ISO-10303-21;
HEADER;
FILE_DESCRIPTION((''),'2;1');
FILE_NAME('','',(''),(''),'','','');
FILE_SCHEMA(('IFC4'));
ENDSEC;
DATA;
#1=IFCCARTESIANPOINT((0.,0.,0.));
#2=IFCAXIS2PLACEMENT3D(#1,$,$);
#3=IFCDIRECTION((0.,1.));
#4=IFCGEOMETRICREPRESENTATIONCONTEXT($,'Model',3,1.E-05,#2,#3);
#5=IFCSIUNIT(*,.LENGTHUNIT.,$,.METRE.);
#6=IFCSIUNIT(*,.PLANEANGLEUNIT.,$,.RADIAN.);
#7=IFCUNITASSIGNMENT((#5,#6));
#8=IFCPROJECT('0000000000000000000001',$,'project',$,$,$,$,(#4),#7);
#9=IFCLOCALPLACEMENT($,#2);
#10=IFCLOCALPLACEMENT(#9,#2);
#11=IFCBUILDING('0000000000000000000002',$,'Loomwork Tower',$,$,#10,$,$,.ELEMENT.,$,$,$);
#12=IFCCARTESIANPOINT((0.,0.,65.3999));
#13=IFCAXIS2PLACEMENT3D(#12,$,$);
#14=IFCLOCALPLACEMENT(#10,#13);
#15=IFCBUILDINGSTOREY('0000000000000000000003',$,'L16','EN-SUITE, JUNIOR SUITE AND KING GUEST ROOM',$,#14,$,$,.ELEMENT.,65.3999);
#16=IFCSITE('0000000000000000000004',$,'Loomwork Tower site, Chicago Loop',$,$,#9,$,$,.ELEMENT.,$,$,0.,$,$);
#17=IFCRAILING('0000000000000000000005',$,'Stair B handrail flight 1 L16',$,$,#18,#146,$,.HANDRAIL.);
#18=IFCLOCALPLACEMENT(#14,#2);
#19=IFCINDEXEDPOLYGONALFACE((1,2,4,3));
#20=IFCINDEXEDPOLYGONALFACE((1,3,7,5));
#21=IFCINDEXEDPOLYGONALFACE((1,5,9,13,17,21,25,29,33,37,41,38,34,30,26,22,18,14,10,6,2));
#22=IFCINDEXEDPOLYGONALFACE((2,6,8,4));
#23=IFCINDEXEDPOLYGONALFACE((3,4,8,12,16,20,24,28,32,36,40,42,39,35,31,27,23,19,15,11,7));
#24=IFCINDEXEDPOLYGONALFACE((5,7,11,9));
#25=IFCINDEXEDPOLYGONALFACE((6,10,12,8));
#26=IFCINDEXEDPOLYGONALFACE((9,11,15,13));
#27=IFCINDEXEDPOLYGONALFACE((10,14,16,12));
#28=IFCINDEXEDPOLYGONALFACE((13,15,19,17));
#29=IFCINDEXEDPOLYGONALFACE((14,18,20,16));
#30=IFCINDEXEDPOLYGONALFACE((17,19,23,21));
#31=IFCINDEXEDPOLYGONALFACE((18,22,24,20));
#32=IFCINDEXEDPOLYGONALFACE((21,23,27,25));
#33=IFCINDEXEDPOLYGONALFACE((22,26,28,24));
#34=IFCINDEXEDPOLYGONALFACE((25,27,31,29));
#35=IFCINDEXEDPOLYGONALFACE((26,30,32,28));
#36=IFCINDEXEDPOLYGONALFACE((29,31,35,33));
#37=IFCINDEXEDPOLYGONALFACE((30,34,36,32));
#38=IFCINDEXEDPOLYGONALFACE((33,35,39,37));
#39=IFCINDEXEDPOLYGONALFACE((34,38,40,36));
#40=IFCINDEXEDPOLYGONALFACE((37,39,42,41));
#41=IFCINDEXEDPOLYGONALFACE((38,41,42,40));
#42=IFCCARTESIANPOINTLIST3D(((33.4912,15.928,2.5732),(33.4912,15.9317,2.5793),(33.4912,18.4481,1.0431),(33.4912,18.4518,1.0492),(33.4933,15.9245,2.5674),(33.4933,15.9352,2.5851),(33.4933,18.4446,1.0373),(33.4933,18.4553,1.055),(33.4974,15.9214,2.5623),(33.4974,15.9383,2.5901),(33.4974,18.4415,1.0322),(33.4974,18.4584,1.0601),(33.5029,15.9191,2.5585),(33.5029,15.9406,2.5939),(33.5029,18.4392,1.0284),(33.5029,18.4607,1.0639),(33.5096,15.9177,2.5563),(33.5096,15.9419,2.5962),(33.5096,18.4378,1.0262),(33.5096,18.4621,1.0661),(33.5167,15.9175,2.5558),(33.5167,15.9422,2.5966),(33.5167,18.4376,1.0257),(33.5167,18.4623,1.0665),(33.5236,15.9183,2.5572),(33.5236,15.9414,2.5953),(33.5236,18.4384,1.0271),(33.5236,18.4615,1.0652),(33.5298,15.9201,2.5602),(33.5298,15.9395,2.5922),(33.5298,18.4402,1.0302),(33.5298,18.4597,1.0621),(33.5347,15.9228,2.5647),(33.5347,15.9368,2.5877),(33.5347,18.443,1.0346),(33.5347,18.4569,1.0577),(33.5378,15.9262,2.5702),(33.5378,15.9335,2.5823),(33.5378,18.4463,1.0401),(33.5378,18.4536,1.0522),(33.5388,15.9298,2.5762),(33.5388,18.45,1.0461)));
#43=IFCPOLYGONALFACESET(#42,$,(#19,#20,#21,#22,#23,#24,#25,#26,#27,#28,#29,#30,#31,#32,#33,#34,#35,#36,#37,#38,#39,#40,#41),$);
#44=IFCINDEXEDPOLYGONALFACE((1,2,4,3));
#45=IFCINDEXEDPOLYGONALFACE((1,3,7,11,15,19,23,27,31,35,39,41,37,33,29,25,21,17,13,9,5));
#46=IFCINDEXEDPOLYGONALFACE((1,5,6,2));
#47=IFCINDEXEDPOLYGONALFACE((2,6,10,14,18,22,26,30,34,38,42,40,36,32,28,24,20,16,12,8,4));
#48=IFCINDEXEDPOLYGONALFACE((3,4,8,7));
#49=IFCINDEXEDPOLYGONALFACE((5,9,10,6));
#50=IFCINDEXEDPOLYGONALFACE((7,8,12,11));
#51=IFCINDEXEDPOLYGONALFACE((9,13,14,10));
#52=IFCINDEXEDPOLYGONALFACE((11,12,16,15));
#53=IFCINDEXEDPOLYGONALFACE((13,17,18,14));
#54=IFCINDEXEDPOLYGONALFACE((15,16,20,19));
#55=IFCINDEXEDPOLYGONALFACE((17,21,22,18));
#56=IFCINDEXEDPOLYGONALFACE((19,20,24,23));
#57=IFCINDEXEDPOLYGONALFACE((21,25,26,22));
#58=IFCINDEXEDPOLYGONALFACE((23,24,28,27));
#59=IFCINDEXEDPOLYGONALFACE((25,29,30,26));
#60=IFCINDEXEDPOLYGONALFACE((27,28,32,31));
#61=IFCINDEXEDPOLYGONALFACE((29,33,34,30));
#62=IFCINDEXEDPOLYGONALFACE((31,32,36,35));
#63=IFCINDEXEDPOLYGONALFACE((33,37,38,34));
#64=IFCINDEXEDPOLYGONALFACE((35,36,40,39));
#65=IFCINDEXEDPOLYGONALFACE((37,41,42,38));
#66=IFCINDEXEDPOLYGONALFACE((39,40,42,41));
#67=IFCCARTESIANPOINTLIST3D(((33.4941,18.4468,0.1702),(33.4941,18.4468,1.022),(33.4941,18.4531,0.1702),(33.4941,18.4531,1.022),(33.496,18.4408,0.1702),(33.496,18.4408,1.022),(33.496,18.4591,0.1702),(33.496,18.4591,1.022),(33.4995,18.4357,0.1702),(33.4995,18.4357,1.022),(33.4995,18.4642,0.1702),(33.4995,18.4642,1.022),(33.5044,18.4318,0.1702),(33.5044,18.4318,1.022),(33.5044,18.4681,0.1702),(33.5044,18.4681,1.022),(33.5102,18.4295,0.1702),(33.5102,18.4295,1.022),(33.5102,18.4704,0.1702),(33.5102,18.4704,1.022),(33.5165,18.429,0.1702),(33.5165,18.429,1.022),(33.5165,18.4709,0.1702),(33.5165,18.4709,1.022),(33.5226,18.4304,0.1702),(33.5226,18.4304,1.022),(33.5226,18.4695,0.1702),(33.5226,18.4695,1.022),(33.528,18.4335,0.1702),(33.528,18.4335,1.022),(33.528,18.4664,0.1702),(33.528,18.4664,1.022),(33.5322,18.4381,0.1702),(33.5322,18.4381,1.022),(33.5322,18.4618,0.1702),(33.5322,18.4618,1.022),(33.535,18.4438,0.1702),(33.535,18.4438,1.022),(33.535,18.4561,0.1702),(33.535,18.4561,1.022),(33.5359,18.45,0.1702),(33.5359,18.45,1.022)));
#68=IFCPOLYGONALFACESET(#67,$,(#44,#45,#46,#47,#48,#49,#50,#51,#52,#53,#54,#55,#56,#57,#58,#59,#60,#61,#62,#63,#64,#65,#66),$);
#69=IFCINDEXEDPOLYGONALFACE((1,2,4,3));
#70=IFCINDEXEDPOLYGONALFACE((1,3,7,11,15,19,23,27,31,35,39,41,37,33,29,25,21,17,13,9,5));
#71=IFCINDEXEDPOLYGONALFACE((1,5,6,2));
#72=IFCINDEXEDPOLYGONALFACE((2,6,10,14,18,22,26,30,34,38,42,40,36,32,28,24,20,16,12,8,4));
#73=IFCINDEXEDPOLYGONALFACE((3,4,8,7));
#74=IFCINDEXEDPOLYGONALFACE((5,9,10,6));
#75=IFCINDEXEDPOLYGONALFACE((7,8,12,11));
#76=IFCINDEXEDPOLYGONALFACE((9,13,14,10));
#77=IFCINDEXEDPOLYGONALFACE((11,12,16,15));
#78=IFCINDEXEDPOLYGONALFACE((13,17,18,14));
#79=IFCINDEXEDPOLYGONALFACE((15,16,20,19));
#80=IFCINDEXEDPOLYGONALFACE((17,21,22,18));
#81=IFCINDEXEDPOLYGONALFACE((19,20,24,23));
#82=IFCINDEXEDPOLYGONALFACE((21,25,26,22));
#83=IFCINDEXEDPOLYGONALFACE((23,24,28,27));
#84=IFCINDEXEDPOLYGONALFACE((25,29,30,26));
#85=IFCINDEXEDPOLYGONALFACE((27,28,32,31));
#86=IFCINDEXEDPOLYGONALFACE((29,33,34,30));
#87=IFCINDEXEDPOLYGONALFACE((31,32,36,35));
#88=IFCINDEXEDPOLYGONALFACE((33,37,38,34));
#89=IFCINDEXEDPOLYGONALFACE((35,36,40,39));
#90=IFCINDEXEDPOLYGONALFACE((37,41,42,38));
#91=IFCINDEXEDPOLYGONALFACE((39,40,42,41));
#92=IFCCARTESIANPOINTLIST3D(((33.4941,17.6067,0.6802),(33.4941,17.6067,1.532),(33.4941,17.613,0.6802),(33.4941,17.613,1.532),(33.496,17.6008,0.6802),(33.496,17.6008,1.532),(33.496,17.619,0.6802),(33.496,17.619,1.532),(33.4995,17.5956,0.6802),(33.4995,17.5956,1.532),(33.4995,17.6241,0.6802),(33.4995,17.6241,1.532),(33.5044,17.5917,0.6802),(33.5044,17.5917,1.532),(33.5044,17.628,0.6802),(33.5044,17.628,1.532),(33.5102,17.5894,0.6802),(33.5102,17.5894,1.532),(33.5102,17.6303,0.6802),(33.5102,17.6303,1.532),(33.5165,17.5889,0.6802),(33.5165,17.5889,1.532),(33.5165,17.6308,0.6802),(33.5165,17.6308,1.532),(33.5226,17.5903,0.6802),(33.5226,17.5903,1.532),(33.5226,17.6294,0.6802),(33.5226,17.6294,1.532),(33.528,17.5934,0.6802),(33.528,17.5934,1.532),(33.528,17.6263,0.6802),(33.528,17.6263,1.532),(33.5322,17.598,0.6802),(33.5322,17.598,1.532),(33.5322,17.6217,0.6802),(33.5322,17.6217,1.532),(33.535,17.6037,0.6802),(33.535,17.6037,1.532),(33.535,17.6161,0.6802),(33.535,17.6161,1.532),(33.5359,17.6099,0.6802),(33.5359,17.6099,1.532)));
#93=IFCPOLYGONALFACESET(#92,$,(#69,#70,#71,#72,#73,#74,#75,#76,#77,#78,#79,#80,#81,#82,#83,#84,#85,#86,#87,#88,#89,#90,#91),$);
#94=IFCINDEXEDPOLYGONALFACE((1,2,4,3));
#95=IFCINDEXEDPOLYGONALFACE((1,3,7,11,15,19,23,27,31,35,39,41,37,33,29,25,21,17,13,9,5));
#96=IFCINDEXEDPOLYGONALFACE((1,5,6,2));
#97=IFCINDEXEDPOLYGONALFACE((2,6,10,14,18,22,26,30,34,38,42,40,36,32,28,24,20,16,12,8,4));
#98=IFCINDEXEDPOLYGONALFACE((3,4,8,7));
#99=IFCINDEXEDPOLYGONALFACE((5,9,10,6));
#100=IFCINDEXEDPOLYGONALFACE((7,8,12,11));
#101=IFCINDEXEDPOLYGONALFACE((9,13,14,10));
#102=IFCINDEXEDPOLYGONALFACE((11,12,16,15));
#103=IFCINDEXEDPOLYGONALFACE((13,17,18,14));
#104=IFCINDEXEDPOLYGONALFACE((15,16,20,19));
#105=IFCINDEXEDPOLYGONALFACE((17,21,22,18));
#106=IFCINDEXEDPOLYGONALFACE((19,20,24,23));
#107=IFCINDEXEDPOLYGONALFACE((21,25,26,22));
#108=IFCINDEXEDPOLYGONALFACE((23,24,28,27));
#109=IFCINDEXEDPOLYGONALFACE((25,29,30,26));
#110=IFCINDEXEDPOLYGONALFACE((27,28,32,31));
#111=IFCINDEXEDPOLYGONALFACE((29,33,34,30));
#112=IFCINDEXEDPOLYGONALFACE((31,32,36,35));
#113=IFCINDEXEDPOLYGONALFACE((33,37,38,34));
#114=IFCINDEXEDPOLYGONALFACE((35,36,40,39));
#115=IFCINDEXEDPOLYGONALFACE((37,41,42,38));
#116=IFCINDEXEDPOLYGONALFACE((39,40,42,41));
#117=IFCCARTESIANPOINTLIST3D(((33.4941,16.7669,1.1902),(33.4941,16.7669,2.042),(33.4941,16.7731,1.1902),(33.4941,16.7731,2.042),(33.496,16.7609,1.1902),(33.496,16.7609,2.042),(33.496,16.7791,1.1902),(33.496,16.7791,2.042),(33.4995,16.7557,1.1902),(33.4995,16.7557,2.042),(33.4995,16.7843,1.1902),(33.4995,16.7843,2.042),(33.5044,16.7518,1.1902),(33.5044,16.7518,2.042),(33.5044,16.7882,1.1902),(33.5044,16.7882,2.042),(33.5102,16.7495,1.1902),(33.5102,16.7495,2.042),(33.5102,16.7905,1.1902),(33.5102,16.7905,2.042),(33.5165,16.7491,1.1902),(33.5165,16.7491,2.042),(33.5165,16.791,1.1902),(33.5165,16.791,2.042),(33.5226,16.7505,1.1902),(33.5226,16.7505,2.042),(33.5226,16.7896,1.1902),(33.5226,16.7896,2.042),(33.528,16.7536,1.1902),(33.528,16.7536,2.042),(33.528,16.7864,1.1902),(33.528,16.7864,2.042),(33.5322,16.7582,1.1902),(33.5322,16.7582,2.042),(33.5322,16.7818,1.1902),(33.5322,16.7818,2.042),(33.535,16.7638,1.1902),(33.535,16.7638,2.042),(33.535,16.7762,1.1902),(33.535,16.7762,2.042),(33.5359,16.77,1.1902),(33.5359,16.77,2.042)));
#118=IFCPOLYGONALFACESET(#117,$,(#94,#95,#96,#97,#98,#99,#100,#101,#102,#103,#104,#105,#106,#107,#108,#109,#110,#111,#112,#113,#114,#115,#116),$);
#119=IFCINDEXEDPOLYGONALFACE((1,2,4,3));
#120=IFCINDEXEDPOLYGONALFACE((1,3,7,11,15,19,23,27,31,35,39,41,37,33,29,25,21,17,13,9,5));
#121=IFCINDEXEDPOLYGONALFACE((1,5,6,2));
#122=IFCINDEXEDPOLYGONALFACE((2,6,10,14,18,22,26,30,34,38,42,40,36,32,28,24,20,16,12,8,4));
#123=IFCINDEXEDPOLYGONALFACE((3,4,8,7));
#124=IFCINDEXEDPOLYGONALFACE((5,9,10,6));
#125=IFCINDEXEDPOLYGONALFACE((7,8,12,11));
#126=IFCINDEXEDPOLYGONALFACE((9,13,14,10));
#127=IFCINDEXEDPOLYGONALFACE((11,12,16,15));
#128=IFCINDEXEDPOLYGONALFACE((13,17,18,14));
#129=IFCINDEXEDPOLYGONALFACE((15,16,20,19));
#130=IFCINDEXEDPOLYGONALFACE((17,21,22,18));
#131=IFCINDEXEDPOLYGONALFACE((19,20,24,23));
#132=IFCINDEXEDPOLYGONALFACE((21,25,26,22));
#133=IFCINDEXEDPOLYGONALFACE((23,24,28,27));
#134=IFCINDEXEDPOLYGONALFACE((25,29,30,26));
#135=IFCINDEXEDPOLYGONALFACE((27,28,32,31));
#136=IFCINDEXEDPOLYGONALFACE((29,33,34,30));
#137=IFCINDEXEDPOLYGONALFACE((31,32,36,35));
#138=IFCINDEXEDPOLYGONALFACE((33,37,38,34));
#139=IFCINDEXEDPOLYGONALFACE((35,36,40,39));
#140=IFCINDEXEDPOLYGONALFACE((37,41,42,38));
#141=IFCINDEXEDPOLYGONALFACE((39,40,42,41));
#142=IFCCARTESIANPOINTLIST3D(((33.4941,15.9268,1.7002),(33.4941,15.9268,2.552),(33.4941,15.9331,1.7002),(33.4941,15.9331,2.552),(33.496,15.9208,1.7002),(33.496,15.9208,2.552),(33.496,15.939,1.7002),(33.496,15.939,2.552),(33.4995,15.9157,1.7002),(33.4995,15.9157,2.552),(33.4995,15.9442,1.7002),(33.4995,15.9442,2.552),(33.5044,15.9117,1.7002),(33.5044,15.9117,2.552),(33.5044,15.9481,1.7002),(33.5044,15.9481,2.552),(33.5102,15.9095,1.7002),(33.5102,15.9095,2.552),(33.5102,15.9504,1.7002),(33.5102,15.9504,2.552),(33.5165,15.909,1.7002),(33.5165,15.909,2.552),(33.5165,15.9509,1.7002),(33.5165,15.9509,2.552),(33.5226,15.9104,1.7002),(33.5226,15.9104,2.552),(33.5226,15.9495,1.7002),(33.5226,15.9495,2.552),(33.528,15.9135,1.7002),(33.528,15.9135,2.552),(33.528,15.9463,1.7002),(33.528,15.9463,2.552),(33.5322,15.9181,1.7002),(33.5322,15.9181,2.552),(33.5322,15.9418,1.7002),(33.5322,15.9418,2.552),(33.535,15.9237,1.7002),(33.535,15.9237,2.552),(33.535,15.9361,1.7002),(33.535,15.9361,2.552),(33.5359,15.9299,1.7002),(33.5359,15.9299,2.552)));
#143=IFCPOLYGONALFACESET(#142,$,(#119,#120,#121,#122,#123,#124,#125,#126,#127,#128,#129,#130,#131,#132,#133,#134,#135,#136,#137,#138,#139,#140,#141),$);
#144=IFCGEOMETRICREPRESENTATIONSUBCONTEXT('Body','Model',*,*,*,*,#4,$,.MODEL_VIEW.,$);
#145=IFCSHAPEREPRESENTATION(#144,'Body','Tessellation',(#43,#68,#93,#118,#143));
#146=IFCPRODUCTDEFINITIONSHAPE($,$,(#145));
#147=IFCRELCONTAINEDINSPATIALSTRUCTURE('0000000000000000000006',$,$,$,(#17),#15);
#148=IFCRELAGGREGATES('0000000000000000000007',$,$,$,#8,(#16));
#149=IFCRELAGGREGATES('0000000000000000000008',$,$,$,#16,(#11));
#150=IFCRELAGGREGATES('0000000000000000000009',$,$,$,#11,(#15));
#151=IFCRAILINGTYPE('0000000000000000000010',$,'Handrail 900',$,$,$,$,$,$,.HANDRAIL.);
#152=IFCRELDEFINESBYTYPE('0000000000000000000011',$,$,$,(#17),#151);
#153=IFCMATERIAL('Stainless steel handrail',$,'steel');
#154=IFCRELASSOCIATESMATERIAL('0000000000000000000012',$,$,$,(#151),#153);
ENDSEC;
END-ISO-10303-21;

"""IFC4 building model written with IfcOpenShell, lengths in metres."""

from ifc_helpers import new_model, si_unit, direction, frame, origin, origin_2d, place, context, subcontext, project, spatial, circle, extrude, material, type_object, element, save


model = new_model("IFC4")

# Units and contexts
model_context = context("Model", 3, precision=1e-05, world=origin(), true_north=direction((0.0, 1.0)))
body_context = subcontext(model_context, "Body", "Model", "MODEL_VIEW")
ifc_project = project(units=[si_unit("LENGTHUNIT", "METRE"), si_unit("PLANEANGLEUNIT", "RADIAN")], contexts=[model_context])

# Site, building, storey
site_placement = place(None, origin())
site = spatial("IfcSite", under=ifc_project, at=site_placement, Name="Loomwork Tower site, Chicago Loop", CompositionType="ELEMENT", RefElevation=0.0)
building_placement = place(site_placement, origin())
building = spatial("IfcBuilding", under=site, at=building_placement, Name="Loomwork Tower", CompositionType="ELEMENT")
storey_placement = place(building_placement, frame((0.0, 0.0, 65.3999)))
storey = spatial("IfcBuildingStorey", under=building, at=storey_placement, Name="L16", Description="EN-SUITE, JUNIOR SUITE AND KING GUEST ROOM", CompositionType="ELEMENT", Elevation=65.3999)

# Railing
ifc_material_1 = material(Name="Stainless steel handrail", Category="steel")
railing_type = type_object("IfcRailingType", Name="Handrail 900", PredefinedType="HANDRAIL", material=ifc_material_1)
railing_placement = place(storey_placement, frame((33.5149, 18.45, 0.1702)))
element("IfcRailing", 1, at=railing_placement, inside=storey, type_object=railing_type, Name="Stair B handrail flight 1 L16", PredefinedType="HANDRAIL", context=body_context, shape_type="SweptSolid", body=[
    extrude(circle(Radius=0.0239, at=origin_2d()), frame((0.0, 0.0, 0.876), z_axis=(0.0, -0.854785, 0.518982), x_axis=(1.0, 0.0, 0.0)), (0.0, 0.0, 1.0), 2.9482),
    extrude(circle(Radius=0.021, at=origin_2d()), origin(), (0.0, 0.0, 1.0), 0.8518),
    extrude(circle(Radius=0.021, at=origin_2d()), frame((0.0, -0.8401, 0.51)), (0.0, 0.0, 1.0), 0.8518),
    extrude(circle(Radius=0.021, at=origin_2d()), frame((0.0, -1.6799, 1.02)), (0.0, 0.0, 1.0), 0.8518),
    extrude(circle(Radius=0.021, at=origin_2d()), frame((0.0, -2.52, 1.53)), (0.0, 0.0, 1.0), 0.8518),
])

save(model, "model.ifc")
